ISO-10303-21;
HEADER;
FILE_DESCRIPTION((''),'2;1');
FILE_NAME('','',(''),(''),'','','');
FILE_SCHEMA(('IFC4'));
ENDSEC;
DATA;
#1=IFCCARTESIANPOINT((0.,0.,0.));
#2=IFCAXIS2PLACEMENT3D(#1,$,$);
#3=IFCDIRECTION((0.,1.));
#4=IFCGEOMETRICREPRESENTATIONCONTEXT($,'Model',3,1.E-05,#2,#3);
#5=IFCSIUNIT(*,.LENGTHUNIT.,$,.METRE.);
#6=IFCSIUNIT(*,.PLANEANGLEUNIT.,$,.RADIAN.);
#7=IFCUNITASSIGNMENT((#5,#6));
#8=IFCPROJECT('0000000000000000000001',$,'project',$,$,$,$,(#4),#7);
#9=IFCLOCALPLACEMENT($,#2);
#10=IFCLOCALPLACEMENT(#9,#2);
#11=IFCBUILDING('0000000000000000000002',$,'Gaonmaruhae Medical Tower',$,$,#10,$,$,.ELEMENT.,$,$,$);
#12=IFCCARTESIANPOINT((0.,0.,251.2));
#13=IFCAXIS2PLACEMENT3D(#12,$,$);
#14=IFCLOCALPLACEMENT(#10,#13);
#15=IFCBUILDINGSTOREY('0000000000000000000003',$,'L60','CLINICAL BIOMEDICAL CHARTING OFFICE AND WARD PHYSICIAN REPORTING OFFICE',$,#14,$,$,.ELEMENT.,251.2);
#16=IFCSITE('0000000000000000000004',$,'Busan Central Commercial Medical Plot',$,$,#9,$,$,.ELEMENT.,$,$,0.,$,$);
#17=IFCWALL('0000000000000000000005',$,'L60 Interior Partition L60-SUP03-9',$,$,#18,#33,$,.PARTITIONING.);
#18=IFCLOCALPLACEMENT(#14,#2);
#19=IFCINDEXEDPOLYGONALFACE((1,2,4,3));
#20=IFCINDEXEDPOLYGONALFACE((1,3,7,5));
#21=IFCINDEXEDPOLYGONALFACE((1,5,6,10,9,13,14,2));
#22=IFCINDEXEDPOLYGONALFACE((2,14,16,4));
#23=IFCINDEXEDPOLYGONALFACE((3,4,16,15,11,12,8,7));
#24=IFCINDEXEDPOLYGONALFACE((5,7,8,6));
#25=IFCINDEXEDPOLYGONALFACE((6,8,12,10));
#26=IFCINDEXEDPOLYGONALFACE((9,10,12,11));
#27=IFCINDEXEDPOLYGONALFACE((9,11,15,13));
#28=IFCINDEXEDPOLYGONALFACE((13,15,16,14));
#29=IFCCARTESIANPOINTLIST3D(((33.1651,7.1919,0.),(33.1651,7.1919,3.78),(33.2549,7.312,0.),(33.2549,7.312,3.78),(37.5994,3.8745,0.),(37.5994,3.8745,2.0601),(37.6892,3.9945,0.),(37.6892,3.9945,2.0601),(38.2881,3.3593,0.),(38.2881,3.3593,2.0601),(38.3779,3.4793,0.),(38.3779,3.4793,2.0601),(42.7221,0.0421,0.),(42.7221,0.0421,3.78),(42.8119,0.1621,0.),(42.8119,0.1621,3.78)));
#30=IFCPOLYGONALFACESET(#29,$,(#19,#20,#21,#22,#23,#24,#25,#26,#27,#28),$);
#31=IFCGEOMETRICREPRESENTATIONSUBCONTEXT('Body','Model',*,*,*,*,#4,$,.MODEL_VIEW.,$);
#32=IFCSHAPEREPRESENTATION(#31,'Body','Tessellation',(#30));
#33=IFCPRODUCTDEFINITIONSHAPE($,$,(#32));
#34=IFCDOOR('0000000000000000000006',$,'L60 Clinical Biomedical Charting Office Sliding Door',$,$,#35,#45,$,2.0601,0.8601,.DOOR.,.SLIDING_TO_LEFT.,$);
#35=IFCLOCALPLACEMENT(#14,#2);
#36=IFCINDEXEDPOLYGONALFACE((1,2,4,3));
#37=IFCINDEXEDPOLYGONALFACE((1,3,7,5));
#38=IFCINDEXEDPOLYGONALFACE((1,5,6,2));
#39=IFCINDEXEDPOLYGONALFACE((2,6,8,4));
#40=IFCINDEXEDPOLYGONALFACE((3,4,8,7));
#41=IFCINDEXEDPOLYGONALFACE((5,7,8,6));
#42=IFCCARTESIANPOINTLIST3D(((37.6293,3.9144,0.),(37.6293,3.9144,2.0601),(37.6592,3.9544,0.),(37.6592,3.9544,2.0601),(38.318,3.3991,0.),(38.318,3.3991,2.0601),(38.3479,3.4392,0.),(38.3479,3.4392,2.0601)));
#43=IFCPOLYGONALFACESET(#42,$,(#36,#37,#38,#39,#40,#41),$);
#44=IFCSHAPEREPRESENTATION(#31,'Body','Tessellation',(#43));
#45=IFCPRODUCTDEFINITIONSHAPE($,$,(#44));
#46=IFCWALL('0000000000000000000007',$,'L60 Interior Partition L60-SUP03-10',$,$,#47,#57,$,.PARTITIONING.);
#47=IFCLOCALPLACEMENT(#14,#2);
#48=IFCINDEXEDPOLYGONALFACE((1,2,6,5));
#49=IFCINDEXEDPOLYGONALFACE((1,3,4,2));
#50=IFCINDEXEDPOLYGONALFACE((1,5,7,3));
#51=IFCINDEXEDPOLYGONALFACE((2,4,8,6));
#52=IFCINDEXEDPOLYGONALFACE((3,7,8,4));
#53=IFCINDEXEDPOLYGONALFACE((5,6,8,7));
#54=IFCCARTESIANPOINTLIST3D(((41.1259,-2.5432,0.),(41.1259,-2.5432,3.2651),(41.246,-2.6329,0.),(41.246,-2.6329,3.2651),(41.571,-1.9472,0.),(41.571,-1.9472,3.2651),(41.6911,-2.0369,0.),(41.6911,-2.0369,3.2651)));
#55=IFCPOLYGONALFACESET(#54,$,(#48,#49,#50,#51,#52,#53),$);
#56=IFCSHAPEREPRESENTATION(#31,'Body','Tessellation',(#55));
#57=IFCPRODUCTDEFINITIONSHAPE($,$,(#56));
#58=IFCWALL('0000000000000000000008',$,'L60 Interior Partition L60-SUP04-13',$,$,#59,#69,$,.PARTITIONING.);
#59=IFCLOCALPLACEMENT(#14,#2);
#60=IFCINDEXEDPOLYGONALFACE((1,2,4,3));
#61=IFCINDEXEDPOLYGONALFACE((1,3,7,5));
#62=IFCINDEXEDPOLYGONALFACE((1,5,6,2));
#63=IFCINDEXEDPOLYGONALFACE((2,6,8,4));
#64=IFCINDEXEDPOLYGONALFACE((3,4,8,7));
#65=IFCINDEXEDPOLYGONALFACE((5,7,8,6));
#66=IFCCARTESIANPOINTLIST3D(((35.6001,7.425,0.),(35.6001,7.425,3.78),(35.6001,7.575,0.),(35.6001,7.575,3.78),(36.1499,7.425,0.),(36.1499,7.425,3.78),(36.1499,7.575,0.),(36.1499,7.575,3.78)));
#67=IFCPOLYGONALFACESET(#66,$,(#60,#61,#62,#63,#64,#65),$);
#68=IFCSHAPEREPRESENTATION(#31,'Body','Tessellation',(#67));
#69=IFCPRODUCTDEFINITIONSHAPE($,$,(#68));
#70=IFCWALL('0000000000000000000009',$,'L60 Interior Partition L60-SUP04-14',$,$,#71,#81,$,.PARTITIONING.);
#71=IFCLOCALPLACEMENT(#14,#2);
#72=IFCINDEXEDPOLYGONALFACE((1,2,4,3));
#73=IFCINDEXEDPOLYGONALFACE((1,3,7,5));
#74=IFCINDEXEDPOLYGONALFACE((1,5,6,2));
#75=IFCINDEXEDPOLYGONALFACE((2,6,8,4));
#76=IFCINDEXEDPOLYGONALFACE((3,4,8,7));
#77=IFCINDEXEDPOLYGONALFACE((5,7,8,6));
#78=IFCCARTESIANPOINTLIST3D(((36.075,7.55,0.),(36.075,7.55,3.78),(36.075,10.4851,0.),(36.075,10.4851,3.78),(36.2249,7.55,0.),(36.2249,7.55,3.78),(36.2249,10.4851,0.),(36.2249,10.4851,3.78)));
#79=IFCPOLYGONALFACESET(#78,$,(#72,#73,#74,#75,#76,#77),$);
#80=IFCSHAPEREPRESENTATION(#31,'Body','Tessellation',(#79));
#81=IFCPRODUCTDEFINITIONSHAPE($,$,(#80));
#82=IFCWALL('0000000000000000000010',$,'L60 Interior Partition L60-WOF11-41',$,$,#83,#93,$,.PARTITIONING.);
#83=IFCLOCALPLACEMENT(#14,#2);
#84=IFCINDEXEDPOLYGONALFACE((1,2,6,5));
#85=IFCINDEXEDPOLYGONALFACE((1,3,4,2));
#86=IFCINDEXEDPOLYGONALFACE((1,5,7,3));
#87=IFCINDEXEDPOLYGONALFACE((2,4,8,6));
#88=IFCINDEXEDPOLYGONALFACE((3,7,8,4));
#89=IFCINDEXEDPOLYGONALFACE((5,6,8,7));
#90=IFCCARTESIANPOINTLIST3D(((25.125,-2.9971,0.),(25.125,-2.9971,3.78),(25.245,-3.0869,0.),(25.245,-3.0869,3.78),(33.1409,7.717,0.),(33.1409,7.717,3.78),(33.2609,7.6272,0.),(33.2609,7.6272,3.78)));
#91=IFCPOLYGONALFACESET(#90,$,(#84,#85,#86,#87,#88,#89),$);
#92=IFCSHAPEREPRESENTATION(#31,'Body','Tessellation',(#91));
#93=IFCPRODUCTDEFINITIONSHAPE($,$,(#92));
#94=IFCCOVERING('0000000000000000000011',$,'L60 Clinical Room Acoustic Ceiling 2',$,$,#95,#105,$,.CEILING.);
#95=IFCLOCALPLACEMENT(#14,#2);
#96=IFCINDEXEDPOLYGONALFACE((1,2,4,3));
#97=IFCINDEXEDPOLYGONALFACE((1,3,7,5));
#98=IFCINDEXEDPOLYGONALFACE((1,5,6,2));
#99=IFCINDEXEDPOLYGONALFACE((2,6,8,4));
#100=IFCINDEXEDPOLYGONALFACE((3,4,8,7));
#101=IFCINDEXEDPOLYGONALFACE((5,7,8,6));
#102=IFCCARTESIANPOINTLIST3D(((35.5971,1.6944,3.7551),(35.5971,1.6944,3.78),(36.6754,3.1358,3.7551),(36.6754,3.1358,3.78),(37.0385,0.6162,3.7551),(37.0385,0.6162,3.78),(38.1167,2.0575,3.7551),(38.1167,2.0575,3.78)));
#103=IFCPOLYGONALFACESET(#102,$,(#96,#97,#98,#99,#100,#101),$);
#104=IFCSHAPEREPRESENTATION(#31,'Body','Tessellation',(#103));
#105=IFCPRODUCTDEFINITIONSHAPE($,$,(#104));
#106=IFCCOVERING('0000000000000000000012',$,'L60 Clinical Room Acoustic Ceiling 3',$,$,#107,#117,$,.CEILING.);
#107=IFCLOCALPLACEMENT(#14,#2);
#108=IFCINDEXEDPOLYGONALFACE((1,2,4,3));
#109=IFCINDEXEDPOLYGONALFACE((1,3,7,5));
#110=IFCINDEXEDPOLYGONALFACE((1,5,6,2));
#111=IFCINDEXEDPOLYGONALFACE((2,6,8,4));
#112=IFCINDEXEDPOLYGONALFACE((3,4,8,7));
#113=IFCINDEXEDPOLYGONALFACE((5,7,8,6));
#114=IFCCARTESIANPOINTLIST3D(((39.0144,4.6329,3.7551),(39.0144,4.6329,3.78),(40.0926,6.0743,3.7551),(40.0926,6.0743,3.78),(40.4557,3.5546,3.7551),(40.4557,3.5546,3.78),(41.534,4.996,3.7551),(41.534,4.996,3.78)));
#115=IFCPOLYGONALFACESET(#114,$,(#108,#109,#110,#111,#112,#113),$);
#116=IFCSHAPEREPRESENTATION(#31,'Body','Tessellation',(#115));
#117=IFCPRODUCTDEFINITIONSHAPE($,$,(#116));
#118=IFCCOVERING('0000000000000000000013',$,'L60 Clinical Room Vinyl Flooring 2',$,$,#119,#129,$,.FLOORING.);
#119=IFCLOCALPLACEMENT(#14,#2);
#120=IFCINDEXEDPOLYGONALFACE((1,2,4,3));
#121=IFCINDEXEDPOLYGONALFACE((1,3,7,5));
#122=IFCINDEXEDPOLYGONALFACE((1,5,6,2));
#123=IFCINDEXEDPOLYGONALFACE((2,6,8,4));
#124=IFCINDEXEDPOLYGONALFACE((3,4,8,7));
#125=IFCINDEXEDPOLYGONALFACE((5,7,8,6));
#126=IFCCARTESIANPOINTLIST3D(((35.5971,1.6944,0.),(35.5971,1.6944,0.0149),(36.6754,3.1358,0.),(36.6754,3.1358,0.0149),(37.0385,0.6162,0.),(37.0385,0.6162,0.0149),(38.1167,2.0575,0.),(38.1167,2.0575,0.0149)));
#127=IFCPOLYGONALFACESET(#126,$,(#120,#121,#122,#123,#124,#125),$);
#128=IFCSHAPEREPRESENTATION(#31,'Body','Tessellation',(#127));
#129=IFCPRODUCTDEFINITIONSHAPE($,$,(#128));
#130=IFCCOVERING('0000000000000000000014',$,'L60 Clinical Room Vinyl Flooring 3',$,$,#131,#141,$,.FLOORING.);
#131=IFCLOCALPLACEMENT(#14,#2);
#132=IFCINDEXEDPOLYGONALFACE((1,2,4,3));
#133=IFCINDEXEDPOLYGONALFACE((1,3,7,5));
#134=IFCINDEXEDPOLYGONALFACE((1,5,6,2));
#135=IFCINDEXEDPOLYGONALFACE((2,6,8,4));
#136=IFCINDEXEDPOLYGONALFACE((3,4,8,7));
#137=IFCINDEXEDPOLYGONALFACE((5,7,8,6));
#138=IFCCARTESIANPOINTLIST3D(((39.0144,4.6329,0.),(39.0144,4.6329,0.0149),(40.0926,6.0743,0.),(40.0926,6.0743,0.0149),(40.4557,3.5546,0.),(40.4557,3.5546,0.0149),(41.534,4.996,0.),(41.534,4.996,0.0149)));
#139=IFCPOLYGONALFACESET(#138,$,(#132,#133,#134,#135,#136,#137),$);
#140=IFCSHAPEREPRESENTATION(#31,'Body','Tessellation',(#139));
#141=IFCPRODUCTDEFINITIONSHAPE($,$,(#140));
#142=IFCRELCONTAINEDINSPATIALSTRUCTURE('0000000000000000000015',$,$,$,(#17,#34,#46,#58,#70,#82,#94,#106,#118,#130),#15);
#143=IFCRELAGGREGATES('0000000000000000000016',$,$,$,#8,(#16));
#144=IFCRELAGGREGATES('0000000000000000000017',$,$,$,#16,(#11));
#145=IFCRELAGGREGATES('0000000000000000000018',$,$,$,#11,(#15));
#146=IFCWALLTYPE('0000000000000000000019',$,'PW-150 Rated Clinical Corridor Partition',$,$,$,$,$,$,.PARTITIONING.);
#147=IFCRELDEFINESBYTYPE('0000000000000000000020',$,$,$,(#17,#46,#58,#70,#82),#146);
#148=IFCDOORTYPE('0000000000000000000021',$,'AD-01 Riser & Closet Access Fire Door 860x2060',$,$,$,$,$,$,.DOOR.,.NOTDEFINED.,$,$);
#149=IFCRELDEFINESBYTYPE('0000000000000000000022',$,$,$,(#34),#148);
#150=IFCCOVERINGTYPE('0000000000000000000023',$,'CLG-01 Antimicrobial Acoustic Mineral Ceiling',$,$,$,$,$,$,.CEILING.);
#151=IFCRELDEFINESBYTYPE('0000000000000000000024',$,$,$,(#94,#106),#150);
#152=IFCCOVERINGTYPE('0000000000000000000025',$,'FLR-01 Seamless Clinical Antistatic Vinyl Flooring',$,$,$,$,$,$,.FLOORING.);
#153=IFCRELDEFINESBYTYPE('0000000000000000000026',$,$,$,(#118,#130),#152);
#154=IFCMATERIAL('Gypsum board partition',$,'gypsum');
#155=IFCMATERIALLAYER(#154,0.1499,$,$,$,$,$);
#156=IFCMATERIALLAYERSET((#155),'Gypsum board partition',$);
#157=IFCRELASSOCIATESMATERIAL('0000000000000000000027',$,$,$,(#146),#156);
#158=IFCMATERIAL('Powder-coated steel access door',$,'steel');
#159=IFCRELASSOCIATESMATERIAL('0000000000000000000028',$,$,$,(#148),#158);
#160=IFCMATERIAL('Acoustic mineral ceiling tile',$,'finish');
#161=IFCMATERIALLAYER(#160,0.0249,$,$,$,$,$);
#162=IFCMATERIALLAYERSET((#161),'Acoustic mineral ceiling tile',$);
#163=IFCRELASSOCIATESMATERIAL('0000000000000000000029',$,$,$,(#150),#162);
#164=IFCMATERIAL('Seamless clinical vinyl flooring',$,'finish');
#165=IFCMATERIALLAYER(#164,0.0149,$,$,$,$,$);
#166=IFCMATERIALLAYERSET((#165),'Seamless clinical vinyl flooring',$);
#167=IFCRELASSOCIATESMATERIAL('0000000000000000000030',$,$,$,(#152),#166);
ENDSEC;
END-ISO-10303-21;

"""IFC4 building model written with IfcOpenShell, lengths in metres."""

from ifc_helpers import new_model, si_unit, direction, frame, frame_2d, origin, origin_2d, place, context, subcontext, project, spatial, rectangle, extrude, material, layer, layer_set, type_object, element, fill, save


model = new_model("IFC4")

# Units and contexts
model_context = context("Model", 3, precision=1e-05, world=origin(), true_north=direction((0.0, 1.0)))
body_context = subcontext(model_context, "Body", "Model", "MODEL_VIEW")
ifc_project = project(units=[si_unit("LENGTHUNIT", "METRE"), si_unit("PLANEANGLEUNIT", "RADIAN")], contexts=[model_context])

# Site, building, storey
site_placement = place(None, origin())
site = spatial("IfcSite", under=ifc_project, at=site_placement, Name="Busan Central Commercial Medical Plot", CompositionType="ELEMENT", RefElevation=0.0)
building_placement = place(site_placement, origin())
building = spatial("IfcBuilding", under=site, at=building_placement, Name="Gaonmaruhae Medical Tower", CompositionType="ELEMENT")
storey_placement = place(building_placement, frame((0.0, 0.0, 251.2)))
storey = spatial("IfcBuildingStorey", under=building, at=storey_placement, Name="L60", Description="CLINICAL BIOMEDICAL CHARTING OFFICE AND WARD PHYSICIAN REPORTING OFFICE", CompositionType="ELEMENT", Elevation=251.2)

# Wall, opening, door
ifc_material_1 = material(Name="Gypsum board partition", Category="gypsum")
ifc_layer_1 = layer(ifc_material_1, 0.1499)
ifc_layer_set_1 = layer_set([ifc_layer_1], Name="Gypsum board partition")
wall_type_1 = type_object("IfcWallType", Name="PW-150 Rated Clinical Corridor Partition", PredefinedType="PARTITIONING", material=ifc_layer_set_1)
wall_1_placement = place(storey_placement, frame((33.21, 7.252, 0.0), z_axis=(0.0, 0.0, 1.0), x_axis=(0.800721, -0.599037, 0.0)))
wall_1 = element("IfcWall", 1, at=wall_1_placement, inside=storey, type_object=wall_type_1, Name="L60 Interior Partition L60-SUP03-9", PredefinedType="PARTITIONING", context=body_context, shape_type="SweptSolid", body=[
    extrude(rectangle(XDim=11.9355, YDim=0.1499, at=frame_2d((5.9678, 0.0))), origin(), (0.0, 0.0, 1.0), 3.78),
])
opening_1_placement = place(wall_1_placement, frame((5.5378, 0.0, 0.0)))
opening_1 = element("IfcOpeningElement", 2, at=opening_1_placement, cuts=wall_1, PredefinedType="OPENING", context=body_context, shape_type="SweptSolid", body=[
    extrude(rectangle(XDim=0.8601, YDim=2.0601, at=frame_2d((0.4302, 1.03))), frame((0.0, 0.085, 0.0), z_axis=(0.0, -1.0, 0.0), x_axis=(1.0, 0.0, 0.0)), (0.0, 0.0, 1.0), 0.1699),
])
ifc_material_2 = material(Name="Powder-coated steel access door", Category="steel")
door_type = type_object("IfcDoorType", Name="AD-01 Riser & Closet Access Fire Door 860x2060", OperationType="NOTDEFINED", PredefinedType="DOOR", material=ifc_material_2)
door_placement = place(opening_1_placement, origin())
door = element("IfcDoor", 3, at=door_placement, inside=storey, type_object=door_type, Name="L60 Clinical Biomedical Charting Office Sliding Door", OperationType="SLIDING_TO_LEFT", OverallHeight=2.0601, OverallWidth=0.8601, PredefinedType="DOOR", context=body_context, shape_type="SweptSolid", body=[
    extrude(rectangle(XDim=0.8601, YDim=2.0601, at=frame_2d((0.4302, 1.03))), frame((0.0, 0.0249, 0.0), z_axis=(0.0, -1.0, 0.0), x_axis=(1.0, 0.0, 0.0)), (0.0, 0.0, 1.0), 0.05),
])
fill(opening_1, door)

# Walls
wall_2_placement = place(storey_placement, frame((41.6311, -1.9919, 0.0), z_axis=(0.0, 0.0, 1.0), x_axis=(-0.598371, -0.801219, 0.0)))
element("IfcWall", 4, at=wall_2_placement, inside=storey, type_object=wall_type_1, Name="L60 Interior Partition L60-SUP03-10", PredefinedType="PARTITIONING", context=body_context, shape_type="SweptSolid", body=[
    extrude(rectangle(XDim=0.7439, YDim=0.1499, at=frame_2d((0.3721, 0.0))), origin(), (0.0, 0.0, 1.0), 3.2651),
])
wall_3_placement = place(storey_placement, frame((35.6001, 7.5, 0.0), z_axis=(0.0, 0.0, 1.0), x_axis=(1.0, 0.0, 0.0)))
element("IfcWall", 5, at=wall_3_placement, inside=storey, type_object=wall_type_1, Name="L60 Interior Partition L60-SUP04-13", PredefinedType="PARTITIONING", context=body_context, shape_type="SweptSolid", body=[
    extrude(rectangle(XDim=0.5498, YDim=0.1499, at=frame_2d((0.2749, 0.0))), origin(), (0.0, 0.0, 1.0), 3.78),
])
wall_4_placement = place(storey_placement, frame((36.1499, 7.55, 0.0), z_axis=(0.0, 0.0, 1.0), x_axis=(0.0, 1.0, 0.0)))
element("IfcWall", 6, at=wall_4_placement, inside=storey, type_object=wall_type_1, Name="L60 Interior Partition L60-SUP04-14", PredefinedType="PARTITIONING", context=body_context, shape_type="SweptSolid", body=[
    extrude(rectangle(XDim=2.9351, YDim=0.1499, at=frame_2d((1.4675, 0.0))), origin(), (0.0, 0.0, 1.0), 3.78),
])
wall_5_placement = place(storey_placement, frame((33.2009, 7.6721, 0.0), z_axis=(0.0, 0.0, 1.0), x_axis=(-0.599057, -0.800707, 0.0)))
element("IfcWall", 7, at=wall_5_placement, inside=storey, type_object=wall_type_1, Name="L60 Interior Partition L60-WOF11-41", PredefinedType="PARTITIONING", context=body_context, shape_type="SweptSolid", body=[
    extrude(rectangle(XDim=13.3809, YDim=0.1499, at=frame_2d((6.6904, 0.0))), origin(), (0.0, 0.0, 1.0), 3.78),
])

# Coverings
ifc_material_3 = material(Name="Acoustic mineral ceiling tile", Category="finish")
ifc_layer_2 = layer(ifc_material_3, 0.0249)
ifc_layer_set_2 = layer_set([ifc_layer_2], Name="Acoustic mineral ceiling tile")
covering_type_1 = type_object("IfcCoveringType", Name="CLG-01 Antimicrobial Acoustic Mineral Ceiling", PredefinedType="CEILING", material=ifc_layer_set_2)
for number, where, z_axis, x_axis, name in (
    (8, (36.8569, 1.876, 3.7551), (0.0, 0.0, 1.0), (0.599024, 0.800731, 0.0), "L60 Clinical Room Acoustic Ceiling 2"),
    (9, (40.2742, 4.8145, 3.7551), (0.0, 0.0, 1.0), (0.599024, 0.800731, 0.0), "L60 Clinical Room Acoustic Ceiling 3"),
):
    element("IfcCovering", number, at=place(storey_placement, frame(where, z_axis=z_axis, x_axis=x_axis)), inside=storey, type_object=covering_type_1, Name=name, PredefinedType="CEILING", context=body_context, shape_type="SweptSolid", body=[
        extrude(rectangle(XDim=1.8, YDim=1.8, at=origin_2d()), origin(), (0.0, 0.0, 1.0), 0.0249),
    ])
ifc_material_4 = material(Name="Seamless clinical vinyl flooring", Category="finish")
ifc_layer_3 = layer(ifc_material_4, 0.0149)
ifc_layer_set_3 = layer_set([ifc_layer_3], Name="Seamless clinical vinyl flooring")
covering_type_2 = type_object("IfcCoveringType", Name="FLR-01 Seamless Clinical Antistatic Vinyl Flooring", PredefinedType="FLOORING", material=ifc_layer_set_3)
for number, where, z_axis, x_axis, name in (
    (10, (36.8569, 1.876, 0.0), (0.0, 0.0, 1.0), (0.599024, 0.800731, 0.0), "L60 Clinical Room Vinyl Flooring 2"),
    (11, (40.2742, 4.8145, 0.0), (0.0, 0.0, 1.0), (0.599024, 0.800731, 0.0), "L60 Clinical Room Vinyl Flooring 3"),
):
    element("IfcCovering", number, at=place(storey_placement, frame(where, z_axis=z_axis, x_axis=x_axis)), inside=storey, type_object=covering_type_2, Name=name, PredefinedType="FLOORING", context=body_context, shape_type="SweptSolid", body=[
        extrude(rectangle(XDim=1.8, YDim=1.8, at=origin_2d()), origin(), (0.0, 0.0, 1.0), 0.0149),
    ])

save(model, "model.ifc")
